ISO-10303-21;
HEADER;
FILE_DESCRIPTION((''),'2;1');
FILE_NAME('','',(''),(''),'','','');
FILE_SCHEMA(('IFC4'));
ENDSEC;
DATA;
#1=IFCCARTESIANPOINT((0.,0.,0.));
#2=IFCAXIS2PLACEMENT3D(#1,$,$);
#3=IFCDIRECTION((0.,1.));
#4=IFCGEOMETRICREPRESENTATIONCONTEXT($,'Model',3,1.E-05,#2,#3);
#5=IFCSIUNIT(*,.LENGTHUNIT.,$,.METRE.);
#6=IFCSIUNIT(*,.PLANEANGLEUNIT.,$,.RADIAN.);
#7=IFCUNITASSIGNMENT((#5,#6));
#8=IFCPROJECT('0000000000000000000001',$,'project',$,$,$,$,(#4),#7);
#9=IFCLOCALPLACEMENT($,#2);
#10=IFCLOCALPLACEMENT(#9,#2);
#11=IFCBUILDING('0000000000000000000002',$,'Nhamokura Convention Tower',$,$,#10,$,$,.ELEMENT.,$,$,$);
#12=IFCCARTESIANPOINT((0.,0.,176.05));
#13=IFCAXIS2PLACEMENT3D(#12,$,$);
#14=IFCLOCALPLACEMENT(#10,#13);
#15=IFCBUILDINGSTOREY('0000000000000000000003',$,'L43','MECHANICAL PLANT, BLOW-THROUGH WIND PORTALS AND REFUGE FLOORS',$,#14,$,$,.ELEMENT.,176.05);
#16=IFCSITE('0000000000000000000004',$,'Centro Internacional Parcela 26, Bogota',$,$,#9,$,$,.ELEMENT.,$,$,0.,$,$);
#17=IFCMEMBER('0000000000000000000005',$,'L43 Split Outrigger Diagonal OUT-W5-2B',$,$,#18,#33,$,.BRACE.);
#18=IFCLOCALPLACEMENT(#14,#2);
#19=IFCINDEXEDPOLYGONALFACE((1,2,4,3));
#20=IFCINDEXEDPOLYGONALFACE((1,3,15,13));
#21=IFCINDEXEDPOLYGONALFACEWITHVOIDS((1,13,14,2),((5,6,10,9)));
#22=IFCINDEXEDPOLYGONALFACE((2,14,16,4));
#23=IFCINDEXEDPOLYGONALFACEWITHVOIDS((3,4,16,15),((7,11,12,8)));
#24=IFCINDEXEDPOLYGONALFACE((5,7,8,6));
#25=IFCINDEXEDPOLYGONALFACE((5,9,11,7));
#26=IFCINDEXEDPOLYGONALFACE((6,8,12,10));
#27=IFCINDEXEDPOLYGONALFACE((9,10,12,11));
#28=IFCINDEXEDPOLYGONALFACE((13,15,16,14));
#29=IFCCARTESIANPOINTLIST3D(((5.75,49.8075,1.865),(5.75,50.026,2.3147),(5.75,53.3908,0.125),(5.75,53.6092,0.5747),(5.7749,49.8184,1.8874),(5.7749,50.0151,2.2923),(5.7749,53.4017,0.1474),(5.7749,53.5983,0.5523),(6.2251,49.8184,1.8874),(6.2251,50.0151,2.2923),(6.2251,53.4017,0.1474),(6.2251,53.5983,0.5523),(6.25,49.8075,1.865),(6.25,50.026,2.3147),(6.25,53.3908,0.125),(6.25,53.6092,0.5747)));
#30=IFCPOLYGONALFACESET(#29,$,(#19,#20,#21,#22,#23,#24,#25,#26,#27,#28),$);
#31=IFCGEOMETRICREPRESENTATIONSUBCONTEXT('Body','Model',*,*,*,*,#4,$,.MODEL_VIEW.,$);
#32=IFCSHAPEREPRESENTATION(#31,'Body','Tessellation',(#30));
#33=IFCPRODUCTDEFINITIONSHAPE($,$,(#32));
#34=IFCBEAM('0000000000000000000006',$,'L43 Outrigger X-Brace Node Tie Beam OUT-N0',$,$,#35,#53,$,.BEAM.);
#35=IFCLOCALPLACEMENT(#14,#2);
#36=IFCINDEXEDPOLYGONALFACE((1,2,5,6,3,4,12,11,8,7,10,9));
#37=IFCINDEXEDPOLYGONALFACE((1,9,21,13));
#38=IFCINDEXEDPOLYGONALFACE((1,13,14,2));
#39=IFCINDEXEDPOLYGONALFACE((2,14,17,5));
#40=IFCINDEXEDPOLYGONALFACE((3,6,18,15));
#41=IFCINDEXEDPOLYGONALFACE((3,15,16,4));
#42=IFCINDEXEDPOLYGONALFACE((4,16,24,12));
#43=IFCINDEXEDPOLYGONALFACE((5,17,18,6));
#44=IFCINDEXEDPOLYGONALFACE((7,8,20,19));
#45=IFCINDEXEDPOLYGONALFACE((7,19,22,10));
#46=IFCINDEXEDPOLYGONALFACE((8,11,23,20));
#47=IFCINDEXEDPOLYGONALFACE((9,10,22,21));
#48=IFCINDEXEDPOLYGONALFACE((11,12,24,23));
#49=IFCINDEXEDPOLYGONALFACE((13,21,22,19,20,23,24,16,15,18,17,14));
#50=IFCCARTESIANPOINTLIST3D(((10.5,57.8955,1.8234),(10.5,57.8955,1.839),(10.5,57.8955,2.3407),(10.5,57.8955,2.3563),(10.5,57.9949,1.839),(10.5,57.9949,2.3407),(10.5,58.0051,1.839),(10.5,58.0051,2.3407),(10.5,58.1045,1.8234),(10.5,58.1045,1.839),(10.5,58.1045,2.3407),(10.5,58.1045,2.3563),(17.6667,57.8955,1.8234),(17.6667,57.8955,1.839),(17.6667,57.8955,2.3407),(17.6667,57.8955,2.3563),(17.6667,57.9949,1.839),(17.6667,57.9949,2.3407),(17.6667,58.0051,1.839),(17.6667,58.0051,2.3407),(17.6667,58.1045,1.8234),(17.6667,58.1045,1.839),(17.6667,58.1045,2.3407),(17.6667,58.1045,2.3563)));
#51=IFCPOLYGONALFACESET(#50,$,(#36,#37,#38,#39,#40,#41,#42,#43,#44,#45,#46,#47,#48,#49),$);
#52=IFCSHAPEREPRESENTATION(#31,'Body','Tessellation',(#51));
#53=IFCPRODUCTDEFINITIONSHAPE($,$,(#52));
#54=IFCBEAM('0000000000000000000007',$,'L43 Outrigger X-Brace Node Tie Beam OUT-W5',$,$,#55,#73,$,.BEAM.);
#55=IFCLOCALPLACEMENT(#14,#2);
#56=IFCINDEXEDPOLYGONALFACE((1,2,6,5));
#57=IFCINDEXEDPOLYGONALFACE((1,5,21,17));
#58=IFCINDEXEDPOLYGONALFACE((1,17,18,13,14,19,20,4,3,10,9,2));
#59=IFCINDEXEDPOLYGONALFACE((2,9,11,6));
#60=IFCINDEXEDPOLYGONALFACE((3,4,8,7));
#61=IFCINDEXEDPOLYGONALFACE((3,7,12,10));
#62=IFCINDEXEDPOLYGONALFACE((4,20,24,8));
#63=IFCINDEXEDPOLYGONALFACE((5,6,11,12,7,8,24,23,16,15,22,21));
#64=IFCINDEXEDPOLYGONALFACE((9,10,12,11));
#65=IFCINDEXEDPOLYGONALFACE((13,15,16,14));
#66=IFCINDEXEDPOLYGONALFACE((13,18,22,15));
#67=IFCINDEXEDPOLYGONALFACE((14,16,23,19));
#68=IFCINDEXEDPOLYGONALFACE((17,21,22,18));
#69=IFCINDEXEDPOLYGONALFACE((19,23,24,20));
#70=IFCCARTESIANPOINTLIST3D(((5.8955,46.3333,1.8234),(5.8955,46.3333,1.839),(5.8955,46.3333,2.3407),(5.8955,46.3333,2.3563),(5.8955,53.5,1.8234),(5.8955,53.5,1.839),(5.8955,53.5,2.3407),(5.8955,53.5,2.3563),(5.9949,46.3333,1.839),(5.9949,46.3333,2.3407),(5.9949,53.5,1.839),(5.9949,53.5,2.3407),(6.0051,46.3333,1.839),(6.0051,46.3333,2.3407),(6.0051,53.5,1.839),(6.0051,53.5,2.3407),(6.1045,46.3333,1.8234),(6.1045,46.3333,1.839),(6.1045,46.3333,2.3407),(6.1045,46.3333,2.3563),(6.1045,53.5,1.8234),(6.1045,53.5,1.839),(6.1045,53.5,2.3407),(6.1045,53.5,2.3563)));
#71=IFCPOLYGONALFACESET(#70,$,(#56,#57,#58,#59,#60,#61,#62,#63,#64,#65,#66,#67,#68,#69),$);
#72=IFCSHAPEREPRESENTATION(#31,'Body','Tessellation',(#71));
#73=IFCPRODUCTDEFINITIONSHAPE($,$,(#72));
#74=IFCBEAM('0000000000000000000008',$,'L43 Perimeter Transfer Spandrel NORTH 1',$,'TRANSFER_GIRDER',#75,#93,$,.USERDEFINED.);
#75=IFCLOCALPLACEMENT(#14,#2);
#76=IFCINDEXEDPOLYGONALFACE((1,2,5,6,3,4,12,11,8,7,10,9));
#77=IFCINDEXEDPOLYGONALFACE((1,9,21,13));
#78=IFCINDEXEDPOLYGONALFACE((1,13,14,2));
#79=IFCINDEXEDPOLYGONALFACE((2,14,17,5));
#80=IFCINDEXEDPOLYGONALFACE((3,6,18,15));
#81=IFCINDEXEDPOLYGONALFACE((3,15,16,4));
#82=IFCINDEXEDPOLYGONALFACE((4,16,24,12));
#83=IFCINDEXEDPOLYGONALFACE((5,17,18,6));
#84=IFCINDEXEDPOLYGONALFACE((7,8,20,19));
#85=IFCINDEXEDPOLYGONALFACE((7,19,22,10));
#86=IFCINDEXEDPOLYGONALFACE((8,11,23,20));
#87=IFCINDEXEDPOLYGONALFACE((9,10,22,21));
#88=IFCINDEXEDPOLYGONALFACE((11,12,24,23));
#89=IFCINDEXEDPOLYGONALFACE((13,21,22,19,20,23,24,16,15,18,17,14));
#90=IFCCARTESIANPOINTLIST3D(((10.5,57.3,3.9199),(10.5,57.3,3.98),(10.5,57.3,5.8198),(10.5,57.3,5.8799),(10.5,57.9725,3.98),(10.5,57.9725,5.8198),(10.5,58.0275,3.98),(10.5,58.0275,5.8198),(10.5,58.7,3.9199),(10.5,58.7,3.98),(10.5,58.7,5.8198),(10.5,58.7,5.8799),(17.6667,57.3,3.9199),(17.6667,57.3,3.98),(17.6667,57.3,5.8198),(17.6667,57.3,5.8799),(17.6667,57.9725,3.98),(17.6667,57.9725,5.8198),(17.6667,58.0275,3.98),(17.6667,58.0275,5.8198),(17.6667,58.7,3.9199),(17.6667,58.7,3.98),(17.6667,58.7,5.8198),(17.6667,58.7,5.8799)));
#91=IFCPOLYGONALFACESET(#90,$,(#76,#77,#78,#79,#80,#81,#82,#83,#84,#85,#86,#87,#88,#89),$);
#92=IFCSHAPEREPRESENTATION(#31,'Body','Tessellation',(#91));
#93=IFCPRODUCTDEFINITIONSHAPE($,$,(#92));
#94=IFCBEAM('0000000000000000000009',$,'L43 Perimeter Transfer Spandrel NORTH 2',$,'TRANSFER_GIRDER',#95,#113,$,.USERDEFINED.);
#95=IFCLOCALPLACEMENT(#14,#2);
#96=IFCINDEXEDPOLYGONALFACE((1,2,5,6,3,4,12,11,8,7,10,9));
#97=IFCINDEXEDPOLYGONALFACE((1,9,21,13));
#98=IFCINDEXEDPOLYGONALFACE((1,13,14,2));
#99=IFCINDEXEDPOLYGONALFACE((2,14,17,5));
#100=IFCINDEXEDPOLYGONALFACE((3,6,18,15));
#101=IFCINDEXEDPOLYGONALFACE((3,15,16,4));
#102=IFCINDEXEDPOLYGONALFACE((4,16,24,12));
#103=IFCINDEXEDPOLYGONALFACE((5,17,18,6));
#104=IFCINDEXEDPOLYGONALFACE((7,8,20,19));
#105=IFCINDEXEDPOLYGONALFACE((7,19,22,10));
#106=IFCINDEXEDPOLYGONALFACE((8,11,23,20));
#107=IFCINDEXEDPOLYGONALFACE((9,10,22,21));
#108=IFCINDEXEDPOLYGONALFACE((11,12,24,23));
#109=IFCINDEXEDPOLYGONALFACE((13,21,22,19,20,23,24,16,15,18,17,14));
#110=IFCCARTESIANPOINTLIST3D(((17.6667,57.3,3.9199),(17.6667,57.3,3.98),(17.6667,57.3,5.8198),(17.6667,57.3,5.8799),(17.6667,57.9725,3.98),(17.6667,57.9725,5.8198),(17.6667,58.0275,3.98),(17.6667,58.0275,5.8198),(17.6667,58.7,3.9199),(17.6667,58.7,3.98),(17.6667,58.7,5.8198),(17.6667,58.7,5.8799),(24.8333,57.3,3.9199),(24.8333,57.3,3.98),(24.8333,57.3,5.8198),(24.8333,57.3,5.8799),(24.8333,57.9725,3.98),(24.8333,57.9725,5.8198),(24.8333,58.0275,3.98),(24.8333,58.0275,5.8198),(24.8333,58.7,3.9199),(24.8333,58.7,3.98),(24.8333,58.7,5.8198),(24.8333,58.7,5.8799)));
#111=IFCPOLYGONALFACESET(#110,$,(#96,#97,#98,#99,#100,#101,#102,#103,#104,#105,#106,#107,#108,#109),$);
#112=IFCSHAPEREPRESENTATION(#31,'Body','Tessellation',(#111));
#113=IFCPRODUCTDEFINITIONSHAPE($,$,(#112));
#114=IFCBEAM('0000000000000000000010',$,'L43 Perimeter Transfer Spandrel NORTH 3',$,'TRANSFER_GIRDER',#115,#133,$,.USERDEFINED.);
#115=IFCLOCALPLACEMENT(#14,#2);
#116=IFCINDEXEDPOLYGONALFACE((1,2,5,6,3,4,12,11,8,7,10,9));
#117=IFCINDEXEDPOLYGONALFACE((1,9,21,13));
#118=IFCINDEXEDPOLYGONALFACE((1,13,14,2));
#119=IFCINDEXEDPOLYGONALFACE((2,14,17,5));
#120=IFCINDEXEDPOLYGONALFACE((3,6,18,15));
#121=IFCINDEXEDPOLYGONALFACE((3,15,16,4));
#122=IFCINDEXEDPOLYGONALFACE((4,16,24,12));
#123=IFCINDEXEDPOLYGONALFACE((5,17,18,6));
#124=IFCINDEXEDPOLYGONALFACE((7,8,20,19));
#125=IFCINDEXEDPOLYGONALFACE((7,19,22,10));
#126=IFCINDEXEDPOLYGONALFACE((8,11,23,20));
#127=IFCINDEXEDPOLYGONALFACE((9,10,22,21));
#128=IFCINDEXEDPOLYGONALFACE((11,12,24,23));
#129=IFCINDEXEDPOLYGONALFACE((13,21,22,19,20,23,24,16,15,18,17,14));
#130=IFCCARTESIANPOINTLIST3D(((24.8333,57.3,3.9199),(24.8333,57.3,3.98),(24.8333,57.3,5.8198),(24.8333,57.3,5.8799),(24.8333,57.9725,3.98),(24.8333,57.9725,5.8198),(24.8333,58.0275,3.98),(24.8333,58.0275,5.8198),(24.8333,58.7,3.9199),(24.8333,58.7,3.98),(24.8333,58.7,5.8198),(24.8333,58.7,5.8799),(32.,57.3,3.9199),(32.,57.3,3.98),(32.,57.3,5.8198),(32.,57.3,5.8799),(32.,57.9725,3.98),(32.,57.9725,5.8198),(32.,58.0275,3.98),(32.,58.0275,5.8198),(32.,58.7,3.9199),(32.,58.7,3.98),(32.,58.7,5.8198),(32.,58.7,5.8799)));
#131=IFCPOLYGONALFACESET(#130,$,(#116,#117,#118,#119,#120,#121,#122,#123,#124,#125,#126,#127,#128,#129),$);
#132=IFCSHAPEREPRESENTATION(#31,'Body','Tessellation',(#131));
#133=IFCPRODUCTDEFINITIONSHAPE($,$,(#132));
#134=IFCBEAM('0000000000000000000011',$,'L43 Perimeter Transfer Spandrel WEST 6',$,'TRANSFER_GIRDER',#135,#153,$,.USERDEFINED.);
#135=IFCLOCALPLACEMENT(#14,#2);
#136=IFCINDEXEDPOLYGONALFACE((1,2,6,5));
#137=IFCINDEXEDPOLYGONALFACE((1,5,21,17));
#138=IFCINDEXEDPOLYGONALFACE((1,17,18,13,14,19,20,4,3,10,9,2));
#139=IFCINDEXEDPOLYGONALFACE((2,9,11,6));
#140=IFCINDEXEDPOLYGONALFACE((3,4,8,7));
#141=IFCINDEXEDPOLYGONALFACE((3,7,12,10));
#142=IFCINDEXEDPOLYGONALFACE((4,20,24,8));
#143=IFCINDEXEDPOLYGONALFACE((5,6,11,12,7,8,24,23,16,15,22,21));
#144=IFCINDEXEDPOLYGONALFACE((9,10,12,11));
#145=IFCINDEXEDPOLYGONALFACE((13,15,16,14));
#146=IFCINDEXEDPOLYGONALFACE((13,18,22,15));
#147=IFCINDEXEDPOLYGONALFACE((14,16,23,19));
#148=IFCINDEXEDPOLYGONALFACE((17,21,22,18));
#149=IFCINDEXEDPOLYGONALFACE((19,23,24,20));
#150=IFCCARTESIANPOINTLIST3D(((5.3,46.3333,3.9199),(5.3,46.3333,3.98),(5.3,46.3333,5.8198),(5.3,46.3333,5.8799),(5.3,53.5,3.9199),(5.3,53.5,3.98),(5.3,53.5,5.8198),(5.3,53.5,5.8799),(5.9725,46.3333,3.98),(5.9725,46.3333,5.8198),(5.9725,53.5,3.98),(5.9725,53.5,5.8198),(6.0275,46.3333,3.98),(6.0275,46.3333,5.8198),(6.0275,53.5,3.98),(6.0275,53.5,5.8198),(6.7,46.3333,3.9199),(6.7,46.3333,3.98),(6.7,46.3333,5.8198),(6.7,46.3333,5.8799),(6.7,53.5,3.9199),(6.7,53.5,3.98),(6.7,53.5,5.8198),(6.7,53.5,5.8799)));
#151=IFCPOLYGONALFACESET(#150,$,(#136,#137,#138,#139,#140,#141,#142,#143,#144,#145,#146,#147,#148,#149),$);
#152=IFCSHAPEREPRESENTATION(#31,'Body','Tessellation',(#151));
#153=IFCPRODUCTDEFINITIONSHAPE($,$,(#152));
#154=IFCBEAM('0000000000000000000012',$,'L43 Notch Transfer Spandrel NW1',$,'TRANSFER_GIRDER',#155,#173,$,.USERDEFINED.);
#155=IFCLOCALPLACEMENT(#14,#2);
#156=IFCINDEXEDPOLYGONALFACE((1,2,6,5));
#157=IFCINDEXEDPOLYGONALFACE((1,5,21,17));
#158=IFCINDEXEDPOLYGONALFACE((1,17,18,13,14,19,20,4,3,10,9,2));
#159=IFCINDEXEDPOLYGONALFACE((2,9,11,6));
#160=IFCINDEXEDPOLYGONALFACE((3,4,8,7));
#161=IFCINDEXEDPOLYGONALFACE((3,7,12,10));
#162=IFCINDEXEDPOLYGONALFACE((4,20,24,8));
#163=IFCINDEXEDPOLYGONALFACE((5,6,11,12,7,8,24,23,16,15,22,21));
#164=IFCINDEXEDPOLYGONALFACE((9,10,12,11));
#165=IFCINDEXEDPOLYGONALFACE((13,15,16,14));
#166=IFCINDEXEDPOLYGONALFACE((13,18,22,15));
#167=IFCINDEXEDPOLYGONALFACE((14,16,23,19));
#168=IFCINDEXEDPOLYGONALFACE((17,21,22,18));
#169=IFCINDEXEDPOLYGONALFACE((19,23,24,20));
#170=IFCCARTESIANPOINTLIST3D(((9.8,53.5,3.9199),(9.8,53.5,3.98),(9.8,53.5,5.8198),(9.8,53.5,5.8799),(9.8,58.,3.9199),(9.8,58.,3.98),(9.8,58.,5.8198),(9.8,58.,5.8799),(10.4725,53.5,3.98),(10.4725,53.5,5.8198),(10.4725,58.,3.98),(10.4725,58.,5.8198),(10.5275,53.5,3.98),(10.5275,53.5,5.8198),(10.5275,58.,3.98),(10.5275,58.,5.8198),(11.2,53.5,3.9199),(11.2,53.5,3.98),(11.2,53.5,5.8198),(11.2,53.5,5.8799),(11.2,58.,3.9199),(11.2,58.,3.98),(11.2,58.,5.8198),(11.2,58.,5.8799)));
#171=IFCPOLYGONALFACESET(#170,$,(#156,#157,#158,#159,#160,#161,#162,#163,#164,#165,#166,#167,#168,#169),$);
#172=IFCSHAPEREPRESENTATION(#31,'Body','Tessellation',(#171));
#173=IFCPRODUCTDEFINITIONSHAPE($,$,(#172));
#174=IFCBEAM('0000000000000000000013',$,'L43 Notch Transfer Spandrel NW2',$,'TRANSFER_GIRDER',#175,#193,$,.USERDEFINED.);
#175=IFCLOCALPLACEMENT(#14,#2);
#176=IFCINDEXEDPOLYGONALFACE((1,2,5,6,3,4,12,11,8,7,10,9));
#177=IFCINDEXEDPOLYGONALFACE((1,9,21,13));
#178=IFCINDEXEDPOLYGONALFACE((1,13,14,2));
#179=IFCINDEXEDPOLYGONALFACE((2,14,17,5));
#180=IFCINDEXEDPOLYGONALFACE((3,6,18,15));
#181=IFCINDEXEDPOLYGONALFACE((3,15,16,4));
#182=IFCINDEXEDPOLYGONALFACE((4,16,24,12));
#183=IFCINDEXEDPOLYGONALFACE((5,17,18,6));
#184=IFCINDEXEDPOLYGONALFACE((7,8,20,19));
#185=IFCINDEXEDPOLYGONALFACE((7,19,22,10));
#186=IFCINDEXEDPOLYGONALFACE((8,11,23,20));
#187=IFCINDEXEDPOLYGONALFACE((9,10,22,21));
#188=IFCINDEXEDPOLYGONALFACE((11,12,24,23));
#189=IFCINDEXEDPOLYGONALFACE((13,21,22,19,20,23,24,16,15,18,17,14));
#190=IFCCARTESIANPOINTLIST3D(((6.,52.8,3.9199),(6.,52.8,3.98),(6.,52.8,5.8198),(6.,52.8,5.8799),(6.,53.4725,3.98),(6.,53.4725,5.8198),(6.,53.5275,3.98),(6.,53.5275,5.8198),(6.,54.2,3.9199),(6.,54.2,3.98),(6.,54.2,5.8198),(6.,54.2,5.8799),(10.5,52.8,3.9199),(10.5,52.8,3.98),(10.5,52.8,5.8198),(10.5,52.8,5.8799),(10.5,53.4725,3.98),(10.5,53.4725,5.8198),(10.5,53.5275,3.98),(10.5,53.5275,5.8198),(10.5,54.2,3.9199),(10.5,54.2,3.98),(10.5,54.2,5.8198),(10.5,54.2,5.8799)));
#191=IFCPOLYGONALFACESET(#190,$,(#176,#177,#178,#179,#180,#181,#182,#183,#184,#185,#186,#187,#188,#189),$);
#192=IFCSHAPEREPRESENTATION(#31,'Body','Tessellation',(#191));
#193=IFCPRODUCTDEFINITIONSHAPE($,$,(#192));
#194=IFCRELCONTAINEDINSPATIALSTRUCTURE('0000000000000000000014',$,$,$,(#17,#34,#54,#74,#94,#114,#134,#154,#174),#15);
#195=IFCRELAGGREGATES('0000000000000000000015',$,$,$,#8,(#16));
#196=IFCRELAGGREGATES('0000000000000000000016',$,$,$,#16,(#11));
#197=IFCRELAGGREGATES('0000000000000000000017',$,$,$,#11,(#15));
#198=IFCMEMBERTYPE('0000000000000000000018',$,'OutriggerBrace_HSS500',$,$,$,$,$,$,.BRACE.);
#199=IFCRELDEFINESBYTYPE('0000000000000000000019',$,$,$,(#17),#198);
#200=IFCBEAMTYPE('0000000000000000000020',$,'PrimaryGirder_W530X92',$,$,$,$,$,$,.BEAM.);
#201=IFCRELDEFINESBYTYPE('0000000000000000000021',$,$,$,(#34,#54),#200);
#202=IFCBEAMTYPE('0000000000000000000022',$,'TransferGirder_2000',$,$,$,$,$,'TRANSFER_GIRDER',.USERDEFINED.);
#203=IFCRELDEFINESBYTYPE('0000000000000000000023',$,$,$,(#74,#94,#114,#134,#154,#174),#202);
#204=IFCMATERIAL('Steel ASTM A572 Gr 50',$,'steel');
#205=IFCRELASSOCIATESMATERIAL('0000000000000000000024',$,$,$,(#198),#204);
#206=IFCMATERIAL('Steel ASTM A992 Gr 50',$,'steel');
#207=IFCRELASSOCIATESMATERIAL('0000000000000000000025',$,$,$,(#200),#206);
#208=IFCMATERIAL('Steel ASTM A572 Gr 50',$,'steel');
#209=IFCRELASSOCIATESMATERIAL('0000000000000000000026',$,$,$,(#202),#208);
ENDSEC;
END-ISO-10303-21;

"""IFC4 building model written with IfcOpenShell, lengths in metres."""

from ifc_helpers import new_model, si_unit, direction, frame, origin, origin_2d, place, context, subcontext, project, spatial, hollow_rectangle, i_section, extrude, material, material_profile, profile_set, type_object, element, save


model = new_model("IFC4")

# Units and contexts
model_context = context("Model", 3, precision=1e-05, world=origin(), true_north=direction((0.0, 1.0)))
body_context = subcontext(model_context, "Body", "Model", "MODEL_VIEW")
ifc_project = project(units=[si_unit("LENGTHUNIT", "METRE"), si_unit("PLANEANGLEUNIT", "RADIAN")], contexts=[model_context])

# Site, building, storey
site_placement = place(None, origin())
site = spatial("IfcSite", under=ifc_project, at=site_placement, Name="Centro Internacional Parcela 26, Bogota", CompositionType="ELEMENT", RefElevation=0.0)
building_placement = place(site_placement, origin())
building = spatial("IfcBuilding", under=site, at=building_placement, Name="Nhamokura Convention Tower", CompositionType="ELEMENT")
storey_placement = place(building_placement, frame((0.0, 0.0, 176.05)))
storey = spatial("IfcBuildingStorey", under=building, at=storey_placement, Name="L43", Description="MECHANICAL PLANT, BLOW-THROUGH WIND PORTALS AND REFUGE FLOORS", CompositionType="ELEMENT", Elevation=176.05)

# Member
ifc_material_1 = material(Name="Steel ASTM A572 Gr 50", Category="steel")
ifc_material_profile_1 = material_profile(ifc_material_1, hollow_rectangle(XDim=0.5, YDim=0.5, WallThickness=0.0249, at=origin_2d()))
ifc_profile_set_1 = profile_set([ifc_material_profile_1], Name="Steel ASTM A572 Gr 50")
member_type_1 = type_object("IfcMemberType", Name="OutriggerBrace_HSS500", PredefinedType="BRACE", material=ifc_profile_set_1)
member_1_placement = place(storey_placement, frame((6.0, 49.9167, 2.0898), z_axis=(0.0, 0.899552, -0.436813), x_axis=(-1.0, 0.0, 0.0)))
element("IfcMember", 1, at=member_1_placement, inside=storey, type_object=member_type_1, Name="L43 Split Outrigger Diagonal OUT-W5-2B", PredefinedType="BRACE", context=body_context, shape_type="SweptSolid", body=[
    extrude(hollow_rectangle(XDim=0.5, YDim=0.5, WallThickness=0.0249, at=origin_2d()), origin(), (0.0, 0.0, 1.0), 3.9834),
])

# Beams
ifc_material_2 = material(Name="Steel ASTM A992 Gr 50", Category="steel")
ifc_material_profile_2 = material_profile(ifc_material_2, i_section(OverallWidth=0.209, OverallDepth=0.533, WebThickness=0.0103, FlangeThickness=0.0156, at=origin_2d()))
ifc_profile_set_2 = profile_set([ifc_material_profile_2], Name="Steel ASTM A992 Gr 50")
beam_type_1 = type_object("IfcBeamType", Name="PrimaryGirder_W530X92", PredefinedType="BEAM", material=ifc_profile_set_2)
for number, where, z_axis, x_axis, name in (
    (2, (10.5, 58.0, 2.0898), (1.0, 0.0, 0.0), (0.0, 1.0, 0.0), "L43 Outrigger X-Brace Node Tie Beam OUT-N0"),
    (3, (6.0, 46.3333, 2.0898), (0.0, 1.0, 0.0), (-1.0, 0.0, 0.0), "L43 Outrigger X-Brace Node Tie Beam OUT-W5"),
):
    element("IfcBeam", number, at=place(storey_placement, frame(where, z_axis=z_axis, x_axis=x_axis)), inside=storey, type_object=beam_type_1, Name=name, PredefinedType="BEAM", context=body_context, shape_type="SweptSolid", body=[
        extrude(i_section(OverallWidth=0.209, OverallDepth=0.533, WebThickness=0.0103, FlangeThickness=0.0156, at=origin_2d()), origin(), (0.0, 0.0, 1.0), 7.1667),
    ])
ifc_material_3 = material(Name="Steel ASTM A572 Gr 50", Category="steel")
ifc_material_profile_3 = material_profile(ifc_material_3, i_section(OverallWidth=1.3999, OverallDepth=1.96, WebThickness=0.0549, FlangeThickness=0.0601, at=origin_2d()))
ifc_profile_set_3 = profile_set([ifc_material_profile_3], Name="Steel ASTM A572 Gr 50")
beam_type_2 = type_object("IfcBeamType", Name="TransferGirder_2000", ElementType="TRANSFER_GIRDER", PredefinedType="USERDEFINED", material=ifc_profile_set_3)
beam_1_placement = place(storey_placement, frame((10.5, 58.0, 4.8999), z_axis=(1.0, 0.0, 0.0), x_axis=(0.0, 1.0, 0.0)))
element("IfcBeam", 4, at=beam_1_placement, inside=storey, type_object=beam_type_2, Name="L43 Perimeter Transfer Spandrel NORTH 1", ObjectType="TRANSFER_GIRDER", PredefinedType="USERDEFINED", context=body_context, shape_type="SweptSolid", body=[
    extrude(i_section(OverallWidth=1.3999, OverallDepth=1.96, WebThickness=0.0549, FlangeThickness=0.0601, at=origin_2d()), origin(), (0.0, 0.0, 1.0), 7.1667),
])
beam_2_placement = place(storey_placement, frame((17.6667, 58.0, 4.8999), z_axis=(1.0, 0.0, 0.0), x_axis=(0.0, 1.0, 0.0)))
element("IfcBeam", 5, at=beam_2_placement, inside=storey, type_object=beam_type_2, Name="L43 Perimeter Transfer Spandrel NORTH 2", ObjectType="TRANSFER_GIRDER", PredefinedType="USERDEFINED", context=body_context, shape_type="SweptSolid", body=[
    extrude(i_section(OverallWidth=1.3999, OverallDepth=1.96, WebThickness=0.0549, FlangeThickness=0.0601, at=origin_2d()), origin(), (0.0, 0.0, 1.0), 7.1665),
])
for number, where, z_axis, x_axis, name in (
    (6, (24.8333, 58.0, 4.8999), (1.0, 0.0, 0.0), (0.0, 1.0, 0.0), "L43 Perimeter Transfer Spandrel NORTH 3"),
    (7, (6.0, 46.3333, 4.8999), (0.0, 1.0, 0.0), (-1.0, 0.0, 0.0), "L43 Perimeter Transfer Spandrel WEST 6"),
):
    element("IfcBeam", number, at=place(storey_placement, frame(where, z_axis=z_axis, x_axis=x_axis)), inside=storey, type_object=beam_type_2, Name=name, ObjectType="TRANSFER_GIRDER", PredefinedType="USERDEFINED", context=body_context, shape_type="SweptSolid", body=[
        extrude(i_section(OverallWidth=1.3999, OverallDepth=1.96, WebThickness=0.0549, FlangeThickness=0.0601, at=origin_2d()), origin(), (0.0, 0.0, 1.0), 7.1667),
    ])
for number, where, z_axis, x_axis, name in (
    (8, (10.5, 58.0, 4.8999), (0.0, -1.0, 0.0), (1.0, 0.0, 0.0), "L43 Notch Transfer Spandrel NW1"),
    (9, (10.5, 53.5, 4.8999), (-1.0, 0.0, 0.0), (0.0, -1.0, 0.0), "L43 Notch Transfer Spandrel NW2"),
):
    element("IfcBeam", number, at=place(storey_placement, frame(where, z_axis=z_axis, x_axis=x_axis)), inside=storey, type_object=beam_type_2, Name=name, ObjectType="TRANSFER_GIRDER", PredefinedType="USERDEFINED", context=body_context, shape_type="SweptSolid", body=[
        extrude(i_section(OverallWidth=1.3999, OverallDepth=1.96, WebThickness=0.0549, FlangeThickness=0.0601, at=origin_2d()), origin(), (0.0, 0.0, 1.0), 4.5),
    ])

save(model, "model.ifc")
